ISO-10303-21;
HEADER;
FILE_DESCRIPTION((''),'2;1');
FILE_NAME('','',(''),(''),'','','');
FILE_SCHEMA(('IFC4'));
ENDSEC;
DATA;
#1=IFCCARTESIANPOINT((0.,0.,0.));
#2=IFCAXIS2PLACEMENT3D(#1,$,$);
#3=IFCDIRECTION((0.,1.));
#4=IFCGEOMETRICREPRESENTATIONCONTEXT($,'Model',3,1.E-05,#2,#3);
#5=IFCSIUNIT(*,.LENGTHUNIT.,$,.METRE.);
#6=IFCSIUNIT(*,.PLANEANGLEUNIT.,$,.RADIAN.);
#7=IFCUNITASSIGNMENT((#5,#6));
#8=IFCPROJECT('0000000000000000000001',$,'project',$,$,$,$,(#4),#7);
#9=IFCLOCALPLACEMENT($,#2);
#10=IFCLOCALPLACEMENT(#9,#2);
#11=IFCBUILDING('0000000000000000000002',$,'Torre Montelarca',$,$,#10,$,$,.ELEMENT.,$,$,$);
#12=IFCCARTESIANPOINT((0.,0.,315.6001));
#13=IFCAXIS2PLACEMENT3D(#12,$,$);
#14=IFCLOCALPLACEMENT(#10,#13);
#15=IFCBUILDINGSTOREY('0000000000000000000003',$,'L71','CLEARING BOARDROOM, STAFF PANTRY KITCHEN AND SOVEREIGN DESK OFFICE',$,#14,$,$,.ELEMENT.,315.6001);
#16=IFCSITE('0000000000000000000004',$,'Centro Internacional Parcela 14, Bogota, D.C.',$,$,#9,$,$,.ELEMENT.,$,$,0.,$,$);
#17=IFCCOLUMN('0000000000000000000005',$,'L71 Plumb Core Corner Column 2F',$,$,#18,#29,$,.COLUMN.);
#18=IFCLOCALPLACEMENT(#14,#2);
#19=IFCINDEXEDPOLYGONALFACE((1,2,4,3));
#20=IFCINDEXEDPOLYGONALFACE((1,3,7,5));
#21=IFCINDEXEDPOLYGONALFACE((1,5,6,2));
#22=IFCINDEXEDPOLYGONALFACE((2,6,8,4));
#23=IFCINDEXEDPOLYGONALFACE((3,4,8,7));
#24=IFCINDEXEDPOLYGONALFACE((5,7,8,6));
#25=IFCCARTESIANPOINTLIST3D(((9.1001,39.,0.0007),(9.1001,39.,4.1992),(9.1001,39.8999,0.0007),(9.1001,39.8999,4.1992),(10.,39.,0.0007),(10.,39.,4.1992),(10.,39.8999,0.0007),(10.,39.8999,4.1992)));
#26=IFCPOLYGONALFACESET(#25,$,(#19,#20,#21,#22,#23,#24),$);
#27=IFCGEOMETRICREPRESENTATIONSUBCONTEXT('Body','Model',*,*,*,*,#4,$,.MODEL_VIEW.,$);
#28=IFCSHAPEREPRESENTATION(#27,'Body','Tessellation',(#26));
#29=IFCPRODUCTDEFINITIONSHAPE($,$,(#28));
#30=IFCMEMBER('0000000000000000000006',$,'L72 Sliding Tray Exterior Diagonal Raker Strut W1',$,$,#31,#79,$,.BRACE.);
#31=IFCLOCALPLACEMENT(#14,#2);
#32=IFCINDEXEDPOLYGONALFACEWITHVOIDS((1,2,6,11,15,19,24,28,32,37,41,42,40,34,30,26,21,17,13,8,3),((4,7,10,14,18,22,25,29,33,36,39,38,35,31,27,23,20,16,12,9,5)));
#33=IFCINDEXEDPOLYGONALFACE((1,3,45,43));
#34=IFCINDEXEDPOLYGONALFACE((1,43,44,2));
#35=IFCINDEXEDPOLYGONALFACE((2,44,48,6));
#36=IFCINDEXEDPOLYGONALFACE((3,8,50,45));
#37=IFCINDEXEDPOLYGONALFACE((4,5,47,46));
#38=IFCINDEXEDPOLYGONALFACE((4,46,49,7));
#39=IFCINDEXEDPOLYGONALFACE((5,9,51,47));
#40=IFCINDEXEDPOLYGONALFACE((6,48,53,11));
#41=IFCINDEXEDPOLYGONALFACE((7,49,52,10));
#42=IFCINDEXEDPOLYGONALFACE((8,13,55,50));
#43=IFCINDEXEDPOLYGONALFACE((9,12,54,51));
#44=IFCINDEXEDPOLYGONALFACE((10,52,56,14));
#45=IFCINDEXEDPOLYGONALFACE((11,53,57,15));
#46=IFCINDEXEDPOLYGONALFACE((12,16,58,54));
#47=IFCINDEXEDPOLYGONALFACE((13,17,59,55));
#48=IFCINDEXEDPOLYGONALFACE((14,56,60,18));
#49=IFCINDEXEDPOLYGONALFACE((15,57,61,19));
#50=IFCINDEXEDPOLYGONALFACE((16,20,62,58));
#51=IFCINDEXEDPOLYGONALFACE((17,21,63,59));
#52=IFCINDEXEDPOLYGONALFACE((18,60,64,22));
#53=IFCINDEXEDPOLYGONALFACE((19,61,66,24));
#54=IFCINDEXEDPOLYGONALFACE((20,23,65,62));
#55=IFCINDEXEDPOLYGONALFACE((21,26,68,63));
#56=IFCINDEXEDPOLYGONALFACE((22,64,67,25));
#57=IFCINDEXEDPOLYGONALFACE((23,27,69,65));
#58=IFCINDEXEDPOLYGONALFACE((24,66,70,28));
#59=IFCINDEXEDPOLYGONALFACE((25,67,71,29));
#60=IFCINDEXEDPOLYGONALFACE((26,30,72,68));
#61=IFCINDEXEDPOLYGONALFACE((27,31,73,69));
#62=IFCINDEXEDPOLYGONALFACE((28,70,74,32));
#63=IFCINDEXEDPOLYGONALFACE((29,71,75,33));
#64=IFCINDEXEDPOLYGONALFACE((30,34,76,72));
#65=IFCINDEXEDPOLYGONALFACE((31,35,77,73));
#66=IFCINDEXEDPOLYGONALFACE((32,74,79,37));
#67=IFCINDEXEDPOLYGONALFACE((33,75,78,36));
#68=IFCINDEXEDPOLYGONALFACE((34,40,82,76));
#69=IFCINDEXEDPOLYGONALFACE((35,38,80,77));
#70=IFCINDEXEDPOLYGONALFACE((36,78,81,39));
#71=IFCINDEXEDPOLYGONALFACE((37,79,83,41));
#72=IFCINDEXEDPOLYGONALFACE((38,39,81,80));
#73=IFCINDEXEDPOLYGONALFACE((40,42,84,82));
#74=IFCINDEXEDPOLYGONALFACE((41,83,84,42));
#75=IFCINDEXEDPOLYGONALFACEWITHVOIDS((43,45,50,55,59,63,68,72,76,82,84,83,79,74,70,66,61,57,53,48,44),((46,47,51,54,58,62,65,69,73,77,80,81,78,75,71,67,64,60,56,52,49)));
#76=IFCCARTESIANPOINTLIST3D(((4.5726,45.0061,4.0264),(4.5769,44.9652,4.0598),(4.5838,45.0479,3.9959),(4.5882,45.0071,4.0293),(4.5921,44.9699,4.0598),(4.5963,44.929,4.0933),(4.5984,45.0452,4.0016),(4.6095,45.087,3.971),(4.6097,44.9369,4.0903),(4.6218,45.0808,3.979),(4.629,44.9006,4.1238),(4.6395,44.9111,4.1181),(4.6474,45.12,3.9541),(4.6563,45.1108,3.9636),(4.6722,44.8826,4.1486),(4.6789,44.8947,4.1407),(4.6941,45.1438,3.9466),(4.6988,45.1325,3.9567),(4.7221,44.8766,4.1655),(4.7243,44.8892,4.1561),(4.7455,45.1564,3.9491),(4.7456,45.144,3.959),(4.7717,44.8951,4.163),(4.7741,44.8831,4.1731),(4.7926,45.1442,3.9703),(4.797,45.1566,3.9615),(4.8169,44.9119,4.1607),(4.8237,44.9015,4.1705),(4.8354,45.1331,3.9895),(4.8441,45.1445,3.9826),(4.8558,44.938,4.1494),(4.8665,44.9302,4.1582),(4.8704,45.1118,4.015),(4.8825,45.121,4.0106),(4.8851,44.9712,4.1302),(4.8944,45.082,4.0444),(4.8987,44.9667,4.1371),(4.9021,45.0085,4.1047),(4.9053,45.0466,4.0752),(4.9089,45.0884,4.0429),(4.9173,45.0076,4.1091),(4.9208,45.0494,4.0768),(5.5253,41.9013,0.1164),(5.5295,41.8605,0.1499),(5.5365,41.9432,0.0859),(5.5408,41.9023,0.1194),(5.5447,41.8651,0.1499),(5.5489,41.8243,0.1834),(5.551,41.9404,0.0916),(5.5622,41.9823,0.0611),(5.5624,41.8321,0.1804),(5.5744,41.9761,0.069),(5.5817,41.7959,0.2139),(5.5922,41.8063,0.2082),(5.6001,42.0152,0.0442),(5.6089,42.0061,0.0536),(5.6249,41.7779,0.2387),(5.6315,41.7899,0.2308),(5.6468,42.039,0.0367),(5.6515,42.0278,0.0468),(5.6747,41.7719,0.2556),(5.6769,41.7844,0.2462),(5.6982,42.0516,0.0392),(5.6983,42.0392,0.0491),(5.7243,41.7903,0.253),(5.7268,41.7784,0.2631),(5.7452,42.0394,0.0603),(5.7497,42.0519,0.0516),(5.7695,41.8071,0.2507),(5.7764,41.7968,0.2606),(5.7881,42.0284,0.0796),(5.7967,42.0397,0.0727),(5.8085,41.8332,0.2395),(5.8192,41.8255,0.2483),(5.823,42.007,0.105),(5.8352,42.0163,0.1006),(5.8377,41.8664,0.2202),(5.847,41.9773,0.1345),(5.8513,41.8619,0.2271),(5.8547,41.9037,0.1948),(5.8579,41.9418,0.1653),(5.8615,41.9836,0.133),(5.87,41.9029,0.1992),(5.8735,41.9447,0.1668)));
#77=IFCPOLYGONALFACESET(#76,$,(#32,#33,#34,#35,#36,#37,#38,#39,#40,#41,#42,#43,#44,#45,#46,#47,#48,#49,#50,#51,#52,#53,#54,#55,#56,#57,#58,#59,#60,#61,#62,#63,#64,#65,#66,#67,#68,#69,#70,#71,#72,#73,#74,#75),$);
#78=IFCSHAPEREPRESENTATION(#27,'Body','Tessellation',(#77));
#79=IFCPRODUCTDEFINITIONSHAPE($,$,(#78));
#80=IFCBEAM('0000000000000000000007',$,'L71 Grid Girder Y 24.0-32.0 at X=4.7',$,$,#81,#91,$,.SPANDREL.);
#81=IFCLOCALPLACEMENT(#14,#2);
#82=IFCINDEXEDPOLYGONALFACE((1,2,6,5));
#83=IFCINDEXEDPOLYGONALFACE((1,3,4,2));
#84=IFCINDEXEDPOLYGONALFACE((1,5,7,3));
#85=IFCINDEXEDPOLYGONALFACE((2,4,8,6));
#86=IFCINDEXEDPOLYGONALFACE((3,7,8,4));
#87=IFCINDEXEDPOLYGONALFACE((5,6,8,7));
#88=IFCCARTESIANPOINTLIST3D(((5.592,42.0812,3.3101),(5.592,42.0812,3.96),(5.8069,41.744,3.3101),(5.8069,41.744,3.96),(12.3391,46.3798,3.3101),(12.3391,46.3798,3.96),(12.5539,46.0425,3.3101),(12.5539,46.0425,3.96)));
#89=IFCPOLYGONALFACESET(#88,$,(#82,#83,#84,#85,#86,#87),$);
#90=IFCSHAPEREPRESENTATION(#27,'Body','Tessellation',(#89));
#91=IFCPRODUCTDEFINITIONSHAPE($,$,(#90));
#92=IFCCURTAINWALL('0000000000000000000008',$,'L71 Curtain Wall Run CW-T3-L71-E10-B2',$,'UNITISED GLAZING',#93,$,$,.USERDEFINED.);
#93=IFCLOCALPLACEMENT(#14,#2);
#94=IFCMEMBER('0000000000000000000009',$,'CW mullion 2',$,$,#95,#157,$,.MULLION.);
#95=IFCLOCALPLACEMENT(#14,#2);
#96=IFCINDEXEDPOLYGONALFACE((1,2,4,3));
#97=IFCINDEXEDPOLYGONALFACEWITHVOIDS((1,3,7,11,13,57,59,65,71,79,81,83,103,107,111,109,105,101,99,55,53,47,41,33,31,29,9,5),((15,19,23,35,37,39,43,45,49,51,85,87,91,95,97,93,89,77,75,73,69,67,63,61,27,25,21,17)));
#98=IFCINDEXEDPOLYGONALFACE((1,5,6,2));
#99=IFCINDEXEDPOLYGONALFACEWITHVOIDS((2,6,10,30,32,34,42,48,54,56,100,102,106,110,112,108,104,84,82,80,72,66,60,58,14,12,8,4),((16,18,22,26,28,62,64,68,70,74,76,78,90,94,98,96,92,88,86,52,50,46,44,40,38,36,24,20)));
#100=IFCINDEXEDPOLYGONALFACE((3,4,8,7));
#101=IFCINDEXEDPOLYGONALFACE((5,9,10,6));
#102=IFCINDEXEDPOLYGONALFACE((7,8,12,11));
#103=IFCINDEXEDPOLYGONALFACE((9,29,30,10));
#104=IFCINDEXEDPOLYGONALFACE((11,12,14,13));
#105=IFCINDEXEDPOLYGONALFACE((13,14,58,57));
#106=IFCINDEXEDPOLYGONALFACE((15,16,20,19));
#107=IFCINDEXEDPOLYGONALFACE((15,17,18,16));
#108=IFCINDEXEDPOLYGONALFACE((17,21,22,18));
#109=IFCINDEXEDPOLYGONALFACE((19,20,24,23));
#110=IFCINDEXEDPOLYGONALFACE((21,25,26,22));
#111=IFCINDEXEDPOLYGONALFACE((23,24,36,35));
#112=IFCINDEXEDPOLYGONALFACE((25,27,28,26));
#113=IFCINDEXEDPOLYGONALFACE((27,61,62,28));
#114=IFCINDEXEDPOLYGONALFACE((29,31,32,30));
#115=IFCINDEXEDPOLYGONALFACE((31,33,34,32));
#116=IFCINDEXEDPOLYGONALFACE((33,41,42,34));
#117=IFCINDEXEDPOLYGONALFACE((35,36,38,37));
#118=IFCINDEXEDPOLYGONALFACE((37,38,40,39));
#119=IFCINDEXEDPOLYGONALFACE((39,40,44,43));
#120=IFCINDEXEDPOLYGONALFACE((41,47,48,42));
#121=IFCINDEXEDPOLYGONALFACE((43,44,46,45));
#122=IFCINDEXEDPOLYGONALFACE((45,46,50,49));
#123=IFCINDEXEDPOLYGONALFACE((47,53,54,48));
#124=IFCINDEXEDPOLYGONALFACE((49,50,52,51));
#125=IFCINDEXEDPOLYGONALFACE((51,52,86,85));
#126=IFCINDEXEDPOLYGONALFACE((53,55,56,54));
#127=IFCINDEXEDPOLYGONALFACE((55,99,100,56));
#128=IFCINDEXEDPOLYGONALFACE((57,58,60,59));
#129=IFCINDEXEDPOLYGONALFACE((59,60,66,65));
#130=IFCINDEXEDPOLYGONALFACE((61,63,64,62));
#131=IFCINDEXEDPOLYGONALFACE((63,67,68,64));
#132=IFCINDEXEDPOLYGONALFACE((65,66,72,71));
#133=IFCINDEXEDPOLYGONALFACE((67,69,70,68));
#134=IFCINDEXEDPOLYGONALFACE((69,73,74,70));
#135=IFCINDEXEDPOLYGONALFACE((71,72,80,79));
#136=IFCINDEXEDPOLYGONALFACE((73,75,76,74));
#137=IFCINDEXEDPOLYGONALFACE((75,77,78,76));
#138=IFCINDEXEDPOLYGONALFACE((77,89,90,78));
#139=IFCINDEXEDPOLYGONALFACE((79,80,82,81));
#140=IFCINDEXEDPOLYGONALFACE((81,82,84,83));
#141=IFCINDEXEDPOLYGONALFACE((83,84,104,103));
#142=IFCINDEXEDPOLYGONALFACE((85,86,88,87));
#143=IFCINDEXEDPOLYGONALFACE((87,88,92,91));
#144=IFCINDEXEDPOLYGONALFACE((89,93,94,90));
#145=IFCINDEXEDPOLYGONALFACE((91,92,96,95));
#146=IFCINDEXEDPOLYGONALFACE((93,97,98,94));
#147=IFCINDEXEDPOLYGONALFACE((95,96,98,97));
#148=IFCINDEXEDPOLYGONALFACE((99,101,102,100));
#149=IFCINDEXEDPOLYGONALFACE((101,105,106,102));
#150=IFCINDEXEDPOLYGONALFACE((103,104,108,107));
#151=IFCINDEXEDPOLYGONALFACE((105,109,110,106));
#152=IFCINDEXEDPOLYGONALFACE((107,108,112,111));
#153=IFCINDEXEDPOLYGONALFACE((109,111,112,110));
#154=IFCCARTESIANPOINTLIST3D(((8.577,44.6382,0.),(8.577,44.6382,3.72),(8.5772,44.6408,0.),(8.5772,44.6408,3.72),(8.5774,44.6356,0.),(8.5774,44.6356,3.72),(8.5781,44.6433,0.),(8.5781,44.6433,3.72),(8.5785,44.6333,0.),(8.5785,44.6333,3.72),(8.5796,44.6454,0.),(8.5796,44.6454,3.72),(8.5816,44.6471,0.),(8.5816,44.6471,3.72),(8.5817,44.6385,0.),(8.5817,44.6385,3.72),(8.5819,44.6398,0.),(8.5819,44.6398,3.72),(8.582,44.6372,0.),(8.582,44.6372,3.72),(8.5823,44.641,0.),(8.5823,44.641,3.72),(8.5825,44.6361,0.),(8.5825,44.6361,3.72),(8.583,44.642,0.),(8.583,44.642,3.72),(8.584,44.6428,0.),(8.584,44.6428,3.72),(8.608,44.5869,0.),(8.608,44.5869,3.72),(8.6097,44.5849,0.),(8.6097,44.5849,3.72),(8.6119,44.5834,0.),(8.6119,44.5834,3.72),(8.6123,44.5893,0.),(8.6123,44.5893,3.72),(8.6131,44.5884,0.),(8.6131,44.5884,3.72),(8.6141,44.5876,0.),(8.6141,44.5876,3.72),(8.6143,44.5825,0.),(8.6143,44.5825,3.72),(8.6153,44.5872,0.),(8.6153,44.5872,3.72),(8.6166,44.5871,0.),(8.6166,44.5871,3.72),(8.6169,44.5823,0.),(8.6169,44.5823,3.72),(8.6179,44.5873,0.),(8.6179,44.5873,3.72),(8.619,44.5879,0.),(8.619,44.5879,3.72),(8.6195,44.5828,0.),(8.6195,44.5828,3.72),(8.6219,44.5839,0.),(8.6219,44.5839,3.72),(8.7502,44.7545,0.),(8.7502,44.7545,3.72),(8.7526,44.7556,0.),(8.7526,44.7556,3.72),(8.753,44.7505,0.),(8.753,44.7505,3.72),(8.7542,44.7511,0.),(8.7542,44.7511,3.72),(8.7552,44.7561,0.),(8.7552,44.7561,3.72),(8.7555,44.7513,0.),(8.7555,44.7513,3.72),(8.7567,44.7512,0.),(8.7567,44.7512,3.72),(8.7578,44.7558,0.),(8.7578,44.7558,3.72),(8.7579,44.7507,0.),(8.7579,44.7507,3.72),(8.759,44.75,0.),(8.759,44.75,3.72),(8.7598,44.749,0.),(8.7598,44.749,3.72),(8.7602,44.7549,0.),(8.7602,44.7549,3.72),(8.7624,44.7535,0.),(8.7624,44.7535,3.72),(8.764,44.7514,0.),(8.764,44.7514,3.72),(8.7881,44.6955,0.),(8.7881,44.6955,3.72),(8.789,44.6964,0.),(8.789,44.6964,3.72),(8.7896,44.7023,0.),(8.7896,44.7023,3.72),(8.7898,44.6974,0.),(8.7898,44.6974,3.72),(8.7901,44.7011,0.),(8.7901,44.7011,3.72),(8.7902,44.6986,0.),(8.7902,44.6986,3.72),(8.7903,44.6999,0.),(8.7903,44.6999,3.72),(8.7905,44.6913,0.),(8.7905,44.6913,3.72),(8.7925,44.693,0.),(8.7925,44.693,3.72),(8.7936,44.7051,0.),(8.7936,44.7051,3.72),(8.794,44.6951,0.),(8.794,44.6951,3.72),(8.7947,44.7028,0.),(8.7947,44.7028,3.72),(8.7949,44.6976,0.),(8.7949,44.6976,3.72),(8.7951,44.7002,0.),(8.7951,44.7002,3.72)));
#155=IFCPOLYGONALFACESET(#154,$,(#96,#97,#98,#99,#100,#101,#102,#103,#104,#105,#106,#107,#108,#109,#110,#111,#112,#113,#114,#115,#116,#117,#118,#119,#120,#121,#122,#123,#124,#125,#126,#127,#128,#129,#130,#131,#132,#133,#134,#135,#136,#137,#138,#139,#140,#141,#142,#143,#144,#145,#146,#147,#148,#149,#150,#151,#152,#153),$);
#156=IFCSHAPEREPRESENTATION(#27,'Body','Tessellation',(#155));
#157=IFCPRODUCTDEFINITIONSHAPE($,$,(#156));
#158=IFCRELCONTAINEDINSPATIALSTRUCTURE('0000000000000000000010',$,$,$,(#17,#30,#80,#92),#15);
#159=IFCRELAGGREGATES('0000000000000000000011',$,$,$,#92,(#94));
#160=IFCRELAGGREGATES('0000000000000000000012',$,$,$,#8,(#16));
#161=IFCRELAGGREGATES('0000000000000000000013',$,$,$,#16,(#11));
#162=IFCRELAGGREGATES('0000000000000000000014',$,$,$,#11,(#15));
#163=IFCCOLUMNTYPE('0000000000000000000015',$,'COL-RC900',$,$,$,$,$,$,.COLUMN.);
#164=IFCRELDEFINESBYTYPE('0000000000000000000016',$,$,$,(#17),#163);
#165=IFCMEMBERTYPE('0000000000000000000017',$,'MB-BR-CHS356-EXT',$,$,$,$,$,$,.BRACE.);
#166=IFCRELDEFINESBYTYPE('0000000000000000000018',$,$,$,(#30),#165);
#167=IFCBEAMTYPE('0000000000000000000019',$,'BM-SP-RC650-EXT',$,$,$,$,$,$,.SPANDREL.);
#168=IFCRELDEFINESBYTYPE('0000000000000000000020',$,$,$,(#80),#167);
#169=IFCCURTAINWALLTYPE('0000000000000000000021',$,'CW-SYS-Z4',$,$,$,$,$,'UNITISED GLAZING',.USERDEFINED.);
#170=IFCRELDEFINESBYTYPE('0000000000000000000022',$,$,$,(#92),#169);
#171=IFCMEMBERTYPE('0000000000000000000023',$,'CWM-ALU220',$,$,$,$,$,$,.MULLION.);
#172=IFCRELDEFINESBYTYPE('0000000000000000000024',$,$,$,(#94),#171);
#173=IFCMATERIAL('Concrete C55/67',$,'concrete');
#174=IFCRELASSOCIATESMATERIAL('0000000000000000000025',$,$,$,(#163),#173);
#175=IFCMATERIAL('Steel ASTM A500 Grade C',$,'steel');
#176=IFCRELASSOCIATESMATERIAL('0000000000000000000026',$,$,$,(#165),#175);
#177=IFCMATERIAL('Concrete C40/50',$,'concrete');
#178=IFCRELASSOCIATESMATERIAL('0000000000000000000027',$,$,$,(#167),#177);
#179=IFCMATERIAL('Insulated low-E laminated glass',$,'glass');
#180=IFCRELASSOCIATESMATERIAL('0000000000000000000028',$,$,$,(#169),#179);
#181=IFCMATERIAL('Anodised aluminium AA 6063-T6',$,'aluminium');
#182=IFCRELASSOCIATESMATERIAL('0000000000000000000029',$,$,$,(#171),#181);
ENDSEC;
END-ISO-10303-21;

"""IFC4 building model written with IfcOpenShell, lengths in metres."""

from ifc_helpers import new_model, si_unit, direction, frame, origin, origin_2d, place, context, subcontext, project, spatial, rectangle, hollow_rectangle, hollow_circle, extrude, source, transform, mapped, material, material_profile, profile_set, type_object, element, aggregate, save


model = new_model("IFC4")

# Units and contexts
model_context = context("Model", 3, precision=1e-05, world=origin(), true_north=direction((0.0, 1.0)))
body_context = subcontext(model_context, "Body", "Model", "MODEL_VIEW")
ifc_project = project(units=[si_unit("LENGTHUNIT", "METRE"), si_unit("PLANEANGLEUNIT", "RADIAN")], contexts=[model_context])

# Site, building, storey
site_placement = place(None, origin())
site = spatial("IfcSite", under=ifc_project, at=site_placement, Name="Centro Internacional Parcela 14, Bogota, D.C.", CompositionType="ELEMENT", RefElevation=0.0)
building_placement = place(site_placement, origin())
building = spatial("IfcBuilding", under=site, at=building_placement, Name="Torre Montelarca", CompositionType="ELEMENT")
storey_placement = place(building_placement, frame((0.0, 0.0, 315.6001)))
storey = spatial("IfcBuildingStorey", under=building, at=storey_placement, Name="L71", Description="CLEARING BOARDROOM, STAFF PANTRY KITCHEN AND SOVEREIGN DESK OFFICE", CompositionType="ELEMENT", Elevation=315.6001)

# Column
ifc_material_1 = material(Name="Concrete C55/67", Category="concrete")
ifc_material_profile_1 = material_profile(ifc_material_1, rectangle(XDim=0.8999, YDim=0.8999, at=origin_2d()), Name="RC900X900", Category="concrete")
ifc_profile_set_1 = profile_set([ifc_material_profile_1], Name="Concrete C55/67")
column_type = type_object("IfcColumnType", Name="COL-RC900", PredefinedType="COLUMN", material=ifc_profile_set_1)
shared_shape_1 = source(origin(), body_context, "Body", "SweptSolid", [
    extrude(rectangle(XDim=0.8999, YDim=0.8999, at=origin_2d()), origin(), (0.0, 0.0, 1.0), 4.1985),
])
column_placement = place(storey_placement, frame((9.55, 39.45, 0.0007), z_axis=(0.0, 0.0, 1.0), x_axis=(1.0, 0.0, 0.0)))
element("IfcColumn", 1, at=column_placement, inside=storey, type_object=column_type, Name="L71 Plumb Core Corner Column 2F", PredefinedType="COLUMN", context=body_context, shape_type="MappedRepresentation", body=[
    mapped(shared_shape_1, transform((0.0, 0.0, 0.0), scale=1.0)),
])

# Member
ifc_material_2 = material(Name="Steel ASTM A500 Grade C", Category="steel")
ifc_material_profile_2 = material_profile(ifc_material_2, hollow_circle(Radius=0.1777, WallThickness=0.0159, at=origin_2d()), Name="HSS355.6X15.9", Category="steel")
ifc_profile_set_2 = profile_set([ifc_material_profile_2], Name="Steel ASTM A500 Grade C")
member_type_1 = type_object("IfcMemberType", Name="MB-BR-CHS356-EXT", PredefinedType="BRACE", material=ifc_profile_set_2)
shared_shape_2 = source(origin(), body_context, "Body", "SweptSolid", [
    extrude(hollow_circle(Radius=0.1777, WallThickness=0.0159, at=origin_2d()), origin(), (0.0, 0.0, 1.0), 5.0828),
])
member_1_placement = place(storey_placement, frame((5.6995, 41.9126, 0.1499), z_axis=(-0.187426, 0.610838, 0.769252), x_axis=(-0.95601, -0.293336, 0.0)))
element("IfcMember", 2, at=member_1_placement, inside=storey, type_object=member_type_1, Name="L72 Sliding Tray Exterior Diagonal Raker Strut W1", PredefinedType="BRACE", context=body_context, shape_type="MappedRepresentation", body=[
    mapped(shared_shape_2, transform((0.0, 0.0, 0.0), scale=1.0)),
])

# Beam
ifc_material_3 = material(Name="Concrete C40/50", Category="concrete")
ifc_material_profile_3 = material_profile(ifc_material_3, rectangle(XDim=0.3999, YDim=0.6499, at=origin_2d()), Name="RCB400X650", Category="concrete")
ifc_profile_set_3 = profile_set([ifc_material_profile_3], Name="Concrete C40/50")
beam_type = type_object("IfcBeamType", Name="BM-SP-RC650-EXT", PredefinedType="SPANDREL", material=ifc_profile_set_3)
shared_shape_3 = source(origin(), body_context, "Body", "SweptSolid", [
    extrude(rectangle(XDim=0.3999, YDim=0.6499, at=origin_2d()), origin(), (0.0, 0.0, 1.0), 8.0),
])
beam_placement = place(storey_placement, frame((5.6995, 41.9126, 3.635), z_axis=(0.843379, 0.53732, 0.0), x_axis=(-0.53732, 0.843379, 0.0)))
element("IfcBeam", 3, at=beam_placement, inside=storey, type_object=beam_type, Name="L71 Grid Girder Y 24.0-32.0 at X=4.7", PredefinedType="SPANDREL", context=body_context, shape_type="MappedRepresentation", body=[
    mapped(shared_shape_3, transform((0.0, 0.0, 0.0), scale=1.0)),
])

# Curtain wall, member
ifc_material_4 = material(Name="Insulated low-E laminated glass", Category="glass")
curtain_wall_type = type_object("IfcCurtainWallType", Name="CW-SYS-Z4", ElementType="UNITISED GLAZING", PredefinedType="USERDEFINED", material=ifc_material_4)
curtain_wall_placement = place(storey_placement, origin())
curtain_wall = element("IfcCurtainWall", 4, at=curtain_wall_placement, inside=storey, type_object=curtain_wall_type, Name="L71 Curtain Wall Run CW-T3-L71-E10-B2", ObjectType="UNITISED GLAZING", PredefinedType="USERDEFINED")
ifc_material_5 = material(Name="Anodised aluminium AA 6063-T6", Category="aluminium")
ifc_material_profile_4 = material_profile(ifc_material_5, hollow_rectangle(XDim=0.075, YDim=0.22, WallThickness=0.0049, InnerFilletRadius=0.0049, OuterFilletRadius=0.01, at=origin_2d()), Name="ALU75X220X5", Category="aluminium")
ifc_profile_set_4 = profile_set([ifc_material_profile_4], Name="Anodised aluminium AA 6063-T6")
member_type_2 = type_object("IfcMemberType", Name="CWM-ALU220", PredefinedType="MULLION", material=ifc_profile_set_4)
shared_shape_4 = source(origin(), body_context, "Body", "SweptSolid", [
    extrude(hollow_rectangle(XDim=0.075, YDim=0.22, WallThickness=0.0049, InnerFilletRadius=0.0049, OuterFilletRadius=0.01, at=origin_2d()), origin(), (0.0, 0.0, 1.0), 3.72),
])
member_2_placement = place(storey_placement, frame((8.686, 44.6692, 0.0), z_axis=(0.0, 0.0, 1.0), x_axis=(0.537302, -0.84339, 0.0)))
member_2 = element("IfcMember", 5, at=member_2_placement, type_object=member_type_2, Name="CW mullion 2", PredefinedType="MULLION", context=body_context, shape_type="MappedRepresentation", body=[
    mapped(shared_shape_4, transform((0.0, 0.0, 0.0), scale=1.0)),
])
aggregate(curtain_wall, [member_2])

save(model, "model.ifc")
